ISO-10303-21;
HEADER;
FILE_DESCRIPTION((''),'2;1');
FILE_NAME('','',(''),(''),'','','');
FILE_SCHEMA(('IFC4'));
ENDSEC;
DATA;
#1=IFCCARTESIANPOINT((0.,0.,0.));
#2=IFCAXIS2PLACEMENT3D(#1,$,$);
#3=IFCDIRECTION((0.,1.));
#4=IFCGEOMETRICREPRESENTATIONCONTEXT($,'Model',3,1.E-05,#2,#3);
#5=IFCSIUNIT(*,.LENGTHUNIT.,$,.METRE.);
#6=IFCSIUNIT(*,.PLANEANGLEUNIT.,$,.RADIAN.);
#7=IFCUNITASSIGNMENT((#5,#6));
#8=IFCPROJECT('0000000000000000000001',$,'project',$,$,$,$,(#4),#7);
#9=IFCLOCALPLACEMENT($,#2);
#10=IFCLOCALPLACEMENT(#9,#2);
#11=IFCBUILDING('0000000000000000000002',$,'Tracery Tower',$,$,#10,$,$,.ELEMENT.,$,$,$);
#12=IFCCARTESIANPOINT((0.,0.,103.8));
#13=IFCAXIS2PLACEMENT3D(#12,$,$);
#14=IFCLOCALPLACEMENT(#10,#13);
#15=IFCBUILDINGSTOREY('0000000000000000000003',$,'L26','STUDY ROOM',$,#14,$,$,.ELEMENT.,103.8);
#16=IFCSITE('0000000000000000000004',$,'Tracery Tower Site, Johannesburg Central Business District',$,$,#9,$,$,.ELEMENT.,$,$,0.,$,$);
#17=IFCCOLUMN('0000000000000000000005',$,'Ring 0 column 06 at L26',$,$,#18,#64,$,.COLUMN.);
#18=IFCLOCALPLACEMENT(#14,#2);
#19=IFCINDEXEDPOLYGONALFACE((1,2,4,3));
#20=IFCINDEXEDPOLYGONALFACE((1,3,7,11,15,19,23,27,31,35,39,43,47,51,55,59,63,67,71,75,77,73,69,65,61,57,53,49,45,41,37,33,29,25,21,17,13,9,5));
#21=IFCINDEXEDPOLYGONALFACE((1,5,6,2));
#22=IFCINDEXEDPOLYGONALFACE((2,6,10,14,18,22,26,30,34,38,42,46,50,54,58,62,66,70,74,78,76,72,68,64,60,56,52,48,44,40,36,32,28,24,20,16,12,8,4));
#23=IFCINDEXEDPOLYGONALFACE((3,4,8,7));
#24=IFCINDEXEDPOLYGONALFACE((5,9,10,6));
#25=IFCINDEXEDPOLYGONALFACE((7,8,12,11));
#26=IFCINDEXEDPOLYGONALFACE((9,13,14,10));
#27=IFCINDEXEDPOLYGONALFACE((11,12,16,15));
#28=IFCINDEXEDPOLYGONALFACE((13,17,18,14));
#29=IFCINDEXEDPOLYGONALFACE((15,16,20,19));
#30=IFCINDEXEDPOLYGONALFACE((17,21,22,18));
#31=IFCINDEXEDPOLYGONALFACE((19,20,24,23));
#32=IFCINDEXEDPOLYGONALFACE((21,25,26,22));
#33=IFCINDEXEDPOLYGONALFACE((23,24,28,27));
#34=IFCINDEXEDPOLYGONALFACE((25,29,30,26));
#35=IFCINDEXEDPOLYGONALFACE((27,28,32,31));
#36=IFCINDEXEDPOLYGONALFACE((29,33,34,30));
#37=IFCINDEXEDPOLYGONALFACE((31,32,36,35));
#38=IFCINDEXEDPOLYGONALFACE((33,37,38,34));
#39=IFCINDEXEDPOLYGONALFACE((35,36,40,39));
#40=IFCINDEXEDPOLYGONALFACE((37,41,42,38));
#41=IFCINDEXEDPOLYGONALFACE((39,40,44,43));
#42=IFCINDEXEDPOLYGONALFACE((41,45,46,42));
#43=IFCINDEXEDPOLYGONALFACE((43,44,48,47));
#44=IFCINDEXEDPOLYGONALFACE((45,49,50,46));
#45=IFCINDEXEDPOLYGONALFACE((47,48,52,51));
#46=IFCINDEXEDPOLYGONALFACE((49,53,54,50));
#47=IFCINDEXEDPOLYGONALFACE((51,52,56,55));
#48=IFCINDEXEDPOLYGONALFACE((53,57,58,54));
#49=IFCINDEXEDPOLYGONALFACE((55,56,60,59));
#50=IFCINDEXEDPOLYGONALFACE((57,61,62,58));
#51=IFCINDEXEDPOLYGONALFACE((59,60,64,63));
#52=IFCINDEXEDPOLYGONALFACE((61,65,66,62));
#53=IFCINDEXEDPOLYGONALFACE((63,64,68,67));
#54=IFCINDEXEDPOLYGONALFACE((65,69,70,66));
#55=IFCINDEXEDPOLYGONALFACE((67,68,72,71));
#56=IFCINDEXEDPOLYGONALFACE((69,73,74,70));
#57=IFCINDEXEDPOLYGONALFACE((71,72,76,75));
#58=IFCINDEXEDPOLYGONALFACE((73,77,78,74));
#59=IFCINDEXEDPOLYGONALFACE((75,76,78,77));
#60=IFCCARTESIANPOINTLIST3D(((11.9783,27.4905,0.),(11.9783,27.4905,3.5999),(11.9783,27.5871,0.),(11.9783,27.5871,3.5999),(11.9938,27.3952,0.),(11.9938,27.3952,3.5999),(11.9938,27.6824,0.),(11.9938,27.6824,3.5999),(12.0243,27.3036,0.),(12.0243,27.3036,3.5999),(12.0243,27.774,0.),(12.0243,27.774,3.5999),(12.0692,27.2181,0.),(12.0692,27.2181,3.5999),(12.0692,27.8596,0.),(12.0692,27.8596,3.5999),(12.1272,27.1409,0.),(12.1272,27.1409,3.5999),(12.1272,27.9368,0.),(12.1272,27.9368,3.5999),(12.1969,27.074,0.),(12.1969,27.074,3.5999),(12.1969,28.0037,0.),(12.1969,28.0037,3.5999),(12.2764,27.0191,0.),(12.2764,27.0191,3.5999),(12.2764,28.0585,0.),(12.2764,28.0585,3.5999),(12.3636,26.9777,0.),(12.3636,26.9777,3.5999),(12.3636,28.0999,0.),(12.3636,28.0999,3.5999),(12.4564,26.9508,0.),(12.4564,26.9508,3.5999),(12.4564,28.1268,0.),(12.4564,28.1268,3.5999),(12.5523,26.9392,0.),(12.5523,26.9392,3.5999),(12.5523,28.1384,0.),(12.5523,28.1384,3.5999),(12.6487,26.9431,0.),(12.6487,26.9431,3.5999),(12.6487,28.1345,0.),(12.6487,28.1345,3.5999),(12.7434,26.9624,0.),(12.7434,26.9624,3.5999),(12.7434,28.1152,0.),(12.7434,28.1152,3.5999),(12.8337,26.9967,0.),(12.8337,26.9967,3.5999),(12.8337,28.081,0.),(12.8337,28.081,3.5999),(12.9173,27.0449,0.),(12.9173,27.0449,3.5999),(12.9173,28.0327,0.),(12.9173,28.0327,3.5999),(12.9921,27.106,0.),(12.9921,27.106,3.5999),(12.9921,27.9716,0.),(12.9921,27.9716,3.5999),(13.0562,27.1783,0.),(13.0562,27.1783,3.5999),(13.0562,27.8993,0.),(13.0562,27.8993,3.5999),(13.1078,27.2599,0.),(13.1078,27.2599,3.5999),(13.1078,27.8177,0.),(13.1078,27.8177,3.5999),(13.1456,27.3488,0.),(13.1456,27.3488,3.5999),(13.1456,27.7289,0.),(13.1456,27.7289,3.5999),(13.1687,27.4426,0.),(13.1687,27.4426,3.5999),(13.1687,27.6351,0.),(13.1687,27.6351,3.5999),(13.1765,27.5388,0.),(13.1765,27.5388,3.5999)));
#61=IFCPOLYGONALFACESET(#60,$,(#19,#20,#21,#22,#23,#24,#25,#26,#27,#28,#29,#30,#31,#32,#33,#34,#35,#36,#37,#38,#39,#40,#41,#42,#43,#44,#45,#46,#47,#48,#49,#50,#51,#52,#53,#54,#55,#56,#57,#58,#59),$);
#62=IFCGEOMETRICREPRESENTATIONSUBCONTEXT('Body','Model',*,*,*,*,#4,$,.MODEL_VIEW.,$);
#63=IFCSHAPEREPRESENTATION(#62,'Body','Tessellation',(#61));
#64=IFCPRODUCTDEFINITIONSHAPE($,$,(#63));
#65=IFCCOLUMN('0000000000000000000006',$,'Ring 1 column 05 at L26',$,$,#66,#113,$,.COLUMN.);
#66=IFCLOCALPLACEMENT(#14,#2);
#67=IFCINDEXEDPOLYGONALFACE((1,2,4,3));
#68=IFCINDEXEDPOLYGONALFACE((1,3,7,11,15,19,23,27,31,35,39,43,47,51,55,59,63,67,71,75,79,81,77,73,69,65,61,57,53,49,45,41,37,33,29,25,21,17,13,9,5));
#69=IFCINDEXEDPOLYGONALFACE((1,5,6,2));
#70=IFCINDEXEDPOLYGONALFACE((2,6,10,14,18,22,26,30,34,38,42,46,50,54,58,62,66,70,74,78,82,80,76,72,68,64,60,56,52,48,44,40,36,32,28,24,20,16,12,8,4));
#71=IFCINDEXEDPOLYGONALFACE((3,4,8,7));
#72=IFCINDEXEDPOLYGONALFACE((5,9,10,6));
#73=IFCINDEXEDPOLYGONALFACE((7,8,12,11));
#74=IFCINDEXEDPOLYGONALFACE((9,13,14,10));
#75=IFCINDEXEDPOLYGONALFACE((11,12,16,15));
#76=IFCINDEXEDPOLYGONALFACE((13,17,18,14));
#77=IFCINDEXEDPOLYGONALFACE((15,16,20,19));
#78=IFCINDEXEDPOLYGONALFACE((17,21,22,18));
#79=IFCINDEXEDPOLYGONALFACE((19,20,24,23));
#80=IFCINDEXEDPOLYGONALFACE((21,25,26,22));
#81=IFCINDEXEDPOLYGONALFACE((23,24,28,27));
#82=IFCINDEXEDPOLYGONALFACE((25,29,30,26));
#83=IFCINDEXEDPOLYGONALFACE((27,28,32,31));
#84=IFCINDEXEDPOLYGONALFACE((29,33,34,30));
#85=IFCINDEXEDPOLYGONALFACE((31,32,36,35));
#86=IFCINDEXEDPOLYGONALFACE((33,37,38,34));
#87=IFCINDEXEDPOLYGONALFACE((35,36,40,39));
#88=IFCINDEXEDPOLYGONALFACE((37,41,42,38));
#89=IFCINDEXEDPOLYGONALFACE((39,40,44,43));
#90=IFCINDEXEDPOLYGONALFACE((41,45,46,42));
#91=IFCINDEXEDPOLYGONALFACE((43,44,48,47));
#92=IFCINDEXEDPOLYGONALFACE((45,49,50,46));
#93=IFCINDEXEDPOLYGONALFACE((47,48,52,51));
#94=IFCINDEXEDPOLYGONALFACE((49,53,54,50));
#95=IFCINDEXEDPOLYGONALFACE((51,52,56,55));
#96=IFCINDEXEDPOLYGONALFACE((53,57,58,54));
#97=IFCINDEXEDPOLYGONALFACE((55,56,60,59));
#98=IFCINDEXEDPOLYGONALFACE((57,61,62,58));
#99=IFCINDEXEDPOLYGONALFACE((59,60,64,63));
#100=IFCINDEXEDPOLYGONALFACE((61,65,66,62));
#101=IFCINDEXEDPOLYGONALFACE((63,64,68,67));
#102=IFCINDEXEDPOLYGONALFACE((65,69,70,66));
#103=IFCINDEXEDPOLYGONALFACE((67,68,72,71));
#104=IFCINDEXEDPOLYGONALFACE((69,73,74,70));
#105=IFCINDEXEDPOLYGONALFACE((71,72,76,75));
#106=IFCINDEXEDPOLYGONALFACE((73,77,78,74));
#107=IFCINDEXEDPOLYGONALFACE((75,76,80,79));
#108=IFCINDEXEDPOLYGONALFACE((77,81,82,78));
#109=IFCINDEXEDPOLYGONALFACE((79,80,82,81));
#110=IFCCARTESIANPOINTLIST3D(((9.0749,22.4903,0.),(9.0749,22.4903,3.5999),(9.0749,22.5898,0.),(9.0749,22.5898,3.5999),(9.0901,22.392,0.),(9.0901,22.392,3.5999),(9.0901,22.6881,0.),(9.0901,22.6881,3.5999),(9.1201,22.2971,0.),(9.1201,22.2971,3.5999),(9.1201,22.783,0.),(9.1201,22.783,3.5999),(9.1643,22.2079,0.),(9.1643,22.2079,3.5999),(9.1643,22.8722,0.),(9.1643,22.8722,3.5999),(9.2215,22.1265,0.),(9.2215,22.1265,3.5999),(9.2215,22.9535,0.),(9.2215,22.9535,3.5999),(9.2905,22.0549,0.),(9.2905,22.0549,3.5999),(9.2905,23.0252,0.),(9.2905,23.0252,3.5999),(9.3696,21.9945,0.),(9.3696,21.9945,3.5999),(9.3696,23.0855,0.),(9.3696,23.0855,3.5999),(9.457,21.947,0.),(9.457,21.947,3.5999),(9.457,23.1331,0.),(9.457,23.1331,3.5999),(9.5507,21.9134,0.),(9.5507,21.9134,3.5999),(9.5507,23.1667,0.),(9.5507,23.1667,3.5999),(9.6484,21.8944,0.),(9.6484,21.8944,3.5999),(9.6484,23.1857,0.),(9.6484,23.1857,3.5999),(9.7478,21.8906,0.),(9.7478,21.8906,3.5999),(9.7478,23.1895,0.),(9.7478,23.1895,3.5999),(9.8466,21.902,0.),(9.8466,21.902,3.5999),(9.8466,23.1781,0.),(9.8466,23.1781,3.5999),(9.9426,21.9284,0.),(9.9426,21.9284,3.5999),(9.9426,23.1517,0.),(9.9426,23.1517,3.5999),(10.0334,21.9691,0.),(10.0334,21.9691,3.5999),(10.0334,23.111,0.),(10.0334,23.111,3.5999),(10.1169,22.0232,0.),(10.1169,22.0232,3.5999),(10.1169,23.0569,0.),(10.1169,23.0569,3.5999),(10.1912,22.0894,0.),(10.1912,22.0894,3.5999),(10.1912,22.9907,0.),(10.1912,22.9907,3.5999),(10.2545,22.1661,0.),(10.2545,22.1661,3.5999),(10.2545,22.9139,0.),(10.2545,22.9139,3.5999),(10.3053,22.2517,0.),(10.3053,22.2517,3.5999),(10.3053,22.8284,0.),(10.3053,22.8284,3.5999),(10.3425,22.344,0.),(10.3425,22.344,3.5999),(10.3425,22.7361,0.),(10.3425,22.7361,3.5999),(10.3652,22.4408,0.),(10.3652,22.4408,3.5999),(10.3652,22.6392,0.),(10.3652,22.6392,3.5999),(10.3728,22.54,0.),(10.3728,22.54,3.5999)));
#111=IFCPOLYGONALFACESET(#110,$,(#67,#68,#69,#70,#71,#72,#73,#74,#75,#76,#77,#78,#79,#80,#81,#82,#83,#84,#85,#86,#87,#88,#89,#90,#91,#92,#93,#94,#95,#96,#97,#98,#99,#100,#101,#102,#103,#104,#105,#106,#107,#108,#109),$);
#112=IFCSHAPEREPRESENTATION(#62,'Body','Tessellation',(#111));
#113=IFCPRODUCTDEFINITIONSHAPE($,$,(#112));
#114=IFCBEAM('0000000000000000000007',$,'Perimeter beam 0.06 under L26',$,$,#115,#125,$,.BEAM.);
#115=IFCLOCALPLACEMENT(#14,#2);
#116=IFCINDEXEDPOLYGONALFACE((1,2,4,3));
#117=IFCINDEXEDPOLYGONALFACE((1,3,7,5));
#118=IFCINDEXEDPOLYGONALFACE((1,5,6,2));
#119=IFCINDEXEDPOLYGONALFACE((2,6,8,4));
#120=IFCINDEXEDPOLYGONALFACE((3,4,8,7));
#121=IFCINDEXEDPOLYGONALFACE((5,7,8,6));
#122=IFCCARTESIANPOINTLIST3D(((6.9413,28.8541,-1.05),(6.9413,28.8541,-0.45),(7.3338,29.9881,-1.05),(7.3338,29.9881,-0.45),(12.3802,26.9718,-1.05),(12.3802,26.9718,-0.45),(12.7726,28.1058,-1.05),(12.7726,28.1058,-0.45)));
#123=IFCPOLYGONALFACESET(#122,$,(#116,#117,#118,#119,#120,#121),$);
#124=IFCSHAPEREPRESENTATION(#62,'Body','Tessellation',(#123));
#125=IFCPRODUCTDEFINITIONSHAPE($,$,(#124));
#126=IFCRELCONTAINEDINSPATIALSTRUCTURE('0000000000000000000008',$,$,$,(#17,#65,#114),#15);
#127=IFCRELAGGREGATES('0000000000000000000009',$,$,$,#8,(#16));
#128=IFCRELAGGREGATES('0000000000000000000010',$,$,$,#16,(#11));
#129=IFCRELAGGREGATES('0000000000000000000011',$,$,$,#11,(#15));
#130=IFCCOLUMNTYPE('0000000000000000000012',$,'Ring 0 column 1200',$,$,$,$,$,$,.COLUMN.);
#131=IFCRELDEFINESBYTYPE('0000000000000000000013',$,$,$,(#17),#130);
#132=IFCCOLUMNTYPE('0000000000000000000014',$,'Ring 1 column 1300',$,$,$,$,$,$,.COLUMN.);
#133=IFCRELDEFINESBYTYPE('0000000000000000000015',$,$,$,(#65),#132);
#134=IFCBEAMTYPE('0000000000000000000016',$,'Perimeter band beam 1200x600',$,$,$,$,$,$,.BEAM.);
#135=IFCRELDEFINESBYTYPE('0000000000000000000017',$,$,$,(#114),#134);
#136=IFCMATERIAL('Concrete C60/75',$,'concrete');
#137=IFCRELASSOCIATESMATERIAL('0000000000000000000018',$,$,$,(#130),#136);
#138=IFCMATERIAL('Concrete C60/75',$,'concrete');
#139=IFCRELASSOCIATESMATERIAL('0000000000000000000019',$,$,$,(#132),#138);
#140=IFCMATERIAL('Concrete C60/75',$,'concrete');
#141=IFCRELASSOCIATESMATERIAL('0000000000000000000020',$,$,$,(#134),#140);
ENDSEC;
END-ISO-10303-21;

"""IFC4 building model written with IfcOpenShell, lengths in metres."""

from ifc_helpers import new_model, si_unit, direction, frame, origin, origin_2d, place, context, subcontext, project, spatial, rectangle, circle, extrude, material, material_profile, profile_set, type_object, element, save


model = new_model("IFC4")

# Units and contexts
model_context = context("Model", 3, precision=1e-05, world=origin(), true_north=direction((0.0, 1.0)))
body_context = subcontext(model_context, "Body", "Model", "MODEL_VIEW")
ifc_project = project(units=[si_unit("LENGTHUNIT", "METRE"), si_unit("PLANEANGLEUNIT", "RADIAN")], contexts=[model_context])

# Site, building, storey
site_placement = place(None, origin())
site = spatial("IfcSite", under=ifc_project, at=site_placement, Name="Tracery Tower Site, Johannesburg Central Business District", CompositionType="ELEMENT", RefElevation=0.0)
building_placement = place(site_placement, origin())
building = spatial("IfcBuilding", under=site, at=building_placement, Name="Tracery Tower", CompositionType="ELEMENT")
storey_placement = place(building_placement, frame((0.0, 0.0, 103.8)))
storey = spatial("IfcBuildingStorey", under=building, at=storey_placement, Name="L26", Description="STUDY ROOM", CompositionType="ELEMENT", Elevation=103.8)

# Columns
ifc_material_1 = material(Name="Concrete C60/75", Category="concrete")
ifc_material_profile_1 = material_profile(ifc_material_1, circle(Radius=0.6001, at=origin_2d()), Name="RC D1200")
ifc_profile_set_1 = profile_set([ifc_material_profile_1], Name="Concrete C60/75")
column_type_1 = type_object("IfcColumnType", Name="Ring 0 column 1200", PredefinedType="COLUMN", material=ifc_profile_set_1)
column_1_placement = place(storey_placement, frame((12.5764, 27.5388, 0.0), z_axis=(0.0, 0.0, 1.0), x_axis=(1.0, 0.0, 0.0)))
element("IfcColumn", 1, at=column_1_placement, inside=storey, type_object=column_type_1, Name="Ring 0 column 06 at L26", PredefinedType="COLUMN", context=body_context, shape_type="SweptSolid", body=[
    extrude(circle(Radius=0.6001, at=origin_2d()), origin(), (0.0, 0.0, 1.0), 3.5999),
])
ifc_material_2 = material(Name="Concrete C60/75", Category="concrete")
ifc_material_profile_2 = material_profile(ifc_material_2, circle(Radius=0.6499, at=origin_2d()), Name="RC D1300")
ifc_profile_set_2 = profile_set([ifc_material_profile_2], Name="Concrete C60/75")
column_type_2 = type_object("IfcColumnType", Name="Ring 1 column 1300", PredefinedType="COLUMN", material=ifc_profile_set_2)
column_2_placement = place(storey_placement, frame((9.7229, 22.54, 0.0), z_axis=(0.0, 0.0, 1.0), x_axis=(1.0, 0.0, 0.0)))
element("IfcColumn", 2, at=column_2_placement, inside=storey, type_object=column_type_2, Name="Ring 1 column 05 at L26", PredefinedType="COLUMN", context=body_context, shape_type="SweptSolid", body=[
    extrude(circle(Radius=0.6499, at=origin_2d()), origin(), (0.0, 0.0, 1.0), 3.5999),
])

# Beam
ifc_material_3 = material(Name="Concrete C60/75", Category="concrete")
ifc_material_profile_3 = material_profile(ifc_material_3, rectangle(XDim=1.2, YDim=0.6001, at=origin_2d()), Name="RC 1200x600")
ifc_profile_set_3 = profile_set([ifc_material_profile_3], Name="Concrete C60/75")
beam_type = type_object("IfcBeamType", Name="Perimeter band beam 1200x600", PredefinedType="BEAM", material=ifc_profile_set_3)
beam_placement = place(storey_placement, frame((12.5764, 27.5388, -0.75), z_axis=(-0.945007, 0.327049, 0.0), x_axis=(-0.327049, -0.945007, 0.0)))
element("IfcBeam", 3, at=beam_placement, inside=storey, type_object=beam_type, Name="Perimeter beam 0.06 under L26", PredefinedType="BEAM", context=body_context, shape_type="SweptSolid", body=[
    extrude(rectangle(XDim=1.2, YDim=0.6001, at=origin_2d()), origin(), (0.0, 0.0, 1.0), 5.7554),
])

save(model, "model.ifc")
